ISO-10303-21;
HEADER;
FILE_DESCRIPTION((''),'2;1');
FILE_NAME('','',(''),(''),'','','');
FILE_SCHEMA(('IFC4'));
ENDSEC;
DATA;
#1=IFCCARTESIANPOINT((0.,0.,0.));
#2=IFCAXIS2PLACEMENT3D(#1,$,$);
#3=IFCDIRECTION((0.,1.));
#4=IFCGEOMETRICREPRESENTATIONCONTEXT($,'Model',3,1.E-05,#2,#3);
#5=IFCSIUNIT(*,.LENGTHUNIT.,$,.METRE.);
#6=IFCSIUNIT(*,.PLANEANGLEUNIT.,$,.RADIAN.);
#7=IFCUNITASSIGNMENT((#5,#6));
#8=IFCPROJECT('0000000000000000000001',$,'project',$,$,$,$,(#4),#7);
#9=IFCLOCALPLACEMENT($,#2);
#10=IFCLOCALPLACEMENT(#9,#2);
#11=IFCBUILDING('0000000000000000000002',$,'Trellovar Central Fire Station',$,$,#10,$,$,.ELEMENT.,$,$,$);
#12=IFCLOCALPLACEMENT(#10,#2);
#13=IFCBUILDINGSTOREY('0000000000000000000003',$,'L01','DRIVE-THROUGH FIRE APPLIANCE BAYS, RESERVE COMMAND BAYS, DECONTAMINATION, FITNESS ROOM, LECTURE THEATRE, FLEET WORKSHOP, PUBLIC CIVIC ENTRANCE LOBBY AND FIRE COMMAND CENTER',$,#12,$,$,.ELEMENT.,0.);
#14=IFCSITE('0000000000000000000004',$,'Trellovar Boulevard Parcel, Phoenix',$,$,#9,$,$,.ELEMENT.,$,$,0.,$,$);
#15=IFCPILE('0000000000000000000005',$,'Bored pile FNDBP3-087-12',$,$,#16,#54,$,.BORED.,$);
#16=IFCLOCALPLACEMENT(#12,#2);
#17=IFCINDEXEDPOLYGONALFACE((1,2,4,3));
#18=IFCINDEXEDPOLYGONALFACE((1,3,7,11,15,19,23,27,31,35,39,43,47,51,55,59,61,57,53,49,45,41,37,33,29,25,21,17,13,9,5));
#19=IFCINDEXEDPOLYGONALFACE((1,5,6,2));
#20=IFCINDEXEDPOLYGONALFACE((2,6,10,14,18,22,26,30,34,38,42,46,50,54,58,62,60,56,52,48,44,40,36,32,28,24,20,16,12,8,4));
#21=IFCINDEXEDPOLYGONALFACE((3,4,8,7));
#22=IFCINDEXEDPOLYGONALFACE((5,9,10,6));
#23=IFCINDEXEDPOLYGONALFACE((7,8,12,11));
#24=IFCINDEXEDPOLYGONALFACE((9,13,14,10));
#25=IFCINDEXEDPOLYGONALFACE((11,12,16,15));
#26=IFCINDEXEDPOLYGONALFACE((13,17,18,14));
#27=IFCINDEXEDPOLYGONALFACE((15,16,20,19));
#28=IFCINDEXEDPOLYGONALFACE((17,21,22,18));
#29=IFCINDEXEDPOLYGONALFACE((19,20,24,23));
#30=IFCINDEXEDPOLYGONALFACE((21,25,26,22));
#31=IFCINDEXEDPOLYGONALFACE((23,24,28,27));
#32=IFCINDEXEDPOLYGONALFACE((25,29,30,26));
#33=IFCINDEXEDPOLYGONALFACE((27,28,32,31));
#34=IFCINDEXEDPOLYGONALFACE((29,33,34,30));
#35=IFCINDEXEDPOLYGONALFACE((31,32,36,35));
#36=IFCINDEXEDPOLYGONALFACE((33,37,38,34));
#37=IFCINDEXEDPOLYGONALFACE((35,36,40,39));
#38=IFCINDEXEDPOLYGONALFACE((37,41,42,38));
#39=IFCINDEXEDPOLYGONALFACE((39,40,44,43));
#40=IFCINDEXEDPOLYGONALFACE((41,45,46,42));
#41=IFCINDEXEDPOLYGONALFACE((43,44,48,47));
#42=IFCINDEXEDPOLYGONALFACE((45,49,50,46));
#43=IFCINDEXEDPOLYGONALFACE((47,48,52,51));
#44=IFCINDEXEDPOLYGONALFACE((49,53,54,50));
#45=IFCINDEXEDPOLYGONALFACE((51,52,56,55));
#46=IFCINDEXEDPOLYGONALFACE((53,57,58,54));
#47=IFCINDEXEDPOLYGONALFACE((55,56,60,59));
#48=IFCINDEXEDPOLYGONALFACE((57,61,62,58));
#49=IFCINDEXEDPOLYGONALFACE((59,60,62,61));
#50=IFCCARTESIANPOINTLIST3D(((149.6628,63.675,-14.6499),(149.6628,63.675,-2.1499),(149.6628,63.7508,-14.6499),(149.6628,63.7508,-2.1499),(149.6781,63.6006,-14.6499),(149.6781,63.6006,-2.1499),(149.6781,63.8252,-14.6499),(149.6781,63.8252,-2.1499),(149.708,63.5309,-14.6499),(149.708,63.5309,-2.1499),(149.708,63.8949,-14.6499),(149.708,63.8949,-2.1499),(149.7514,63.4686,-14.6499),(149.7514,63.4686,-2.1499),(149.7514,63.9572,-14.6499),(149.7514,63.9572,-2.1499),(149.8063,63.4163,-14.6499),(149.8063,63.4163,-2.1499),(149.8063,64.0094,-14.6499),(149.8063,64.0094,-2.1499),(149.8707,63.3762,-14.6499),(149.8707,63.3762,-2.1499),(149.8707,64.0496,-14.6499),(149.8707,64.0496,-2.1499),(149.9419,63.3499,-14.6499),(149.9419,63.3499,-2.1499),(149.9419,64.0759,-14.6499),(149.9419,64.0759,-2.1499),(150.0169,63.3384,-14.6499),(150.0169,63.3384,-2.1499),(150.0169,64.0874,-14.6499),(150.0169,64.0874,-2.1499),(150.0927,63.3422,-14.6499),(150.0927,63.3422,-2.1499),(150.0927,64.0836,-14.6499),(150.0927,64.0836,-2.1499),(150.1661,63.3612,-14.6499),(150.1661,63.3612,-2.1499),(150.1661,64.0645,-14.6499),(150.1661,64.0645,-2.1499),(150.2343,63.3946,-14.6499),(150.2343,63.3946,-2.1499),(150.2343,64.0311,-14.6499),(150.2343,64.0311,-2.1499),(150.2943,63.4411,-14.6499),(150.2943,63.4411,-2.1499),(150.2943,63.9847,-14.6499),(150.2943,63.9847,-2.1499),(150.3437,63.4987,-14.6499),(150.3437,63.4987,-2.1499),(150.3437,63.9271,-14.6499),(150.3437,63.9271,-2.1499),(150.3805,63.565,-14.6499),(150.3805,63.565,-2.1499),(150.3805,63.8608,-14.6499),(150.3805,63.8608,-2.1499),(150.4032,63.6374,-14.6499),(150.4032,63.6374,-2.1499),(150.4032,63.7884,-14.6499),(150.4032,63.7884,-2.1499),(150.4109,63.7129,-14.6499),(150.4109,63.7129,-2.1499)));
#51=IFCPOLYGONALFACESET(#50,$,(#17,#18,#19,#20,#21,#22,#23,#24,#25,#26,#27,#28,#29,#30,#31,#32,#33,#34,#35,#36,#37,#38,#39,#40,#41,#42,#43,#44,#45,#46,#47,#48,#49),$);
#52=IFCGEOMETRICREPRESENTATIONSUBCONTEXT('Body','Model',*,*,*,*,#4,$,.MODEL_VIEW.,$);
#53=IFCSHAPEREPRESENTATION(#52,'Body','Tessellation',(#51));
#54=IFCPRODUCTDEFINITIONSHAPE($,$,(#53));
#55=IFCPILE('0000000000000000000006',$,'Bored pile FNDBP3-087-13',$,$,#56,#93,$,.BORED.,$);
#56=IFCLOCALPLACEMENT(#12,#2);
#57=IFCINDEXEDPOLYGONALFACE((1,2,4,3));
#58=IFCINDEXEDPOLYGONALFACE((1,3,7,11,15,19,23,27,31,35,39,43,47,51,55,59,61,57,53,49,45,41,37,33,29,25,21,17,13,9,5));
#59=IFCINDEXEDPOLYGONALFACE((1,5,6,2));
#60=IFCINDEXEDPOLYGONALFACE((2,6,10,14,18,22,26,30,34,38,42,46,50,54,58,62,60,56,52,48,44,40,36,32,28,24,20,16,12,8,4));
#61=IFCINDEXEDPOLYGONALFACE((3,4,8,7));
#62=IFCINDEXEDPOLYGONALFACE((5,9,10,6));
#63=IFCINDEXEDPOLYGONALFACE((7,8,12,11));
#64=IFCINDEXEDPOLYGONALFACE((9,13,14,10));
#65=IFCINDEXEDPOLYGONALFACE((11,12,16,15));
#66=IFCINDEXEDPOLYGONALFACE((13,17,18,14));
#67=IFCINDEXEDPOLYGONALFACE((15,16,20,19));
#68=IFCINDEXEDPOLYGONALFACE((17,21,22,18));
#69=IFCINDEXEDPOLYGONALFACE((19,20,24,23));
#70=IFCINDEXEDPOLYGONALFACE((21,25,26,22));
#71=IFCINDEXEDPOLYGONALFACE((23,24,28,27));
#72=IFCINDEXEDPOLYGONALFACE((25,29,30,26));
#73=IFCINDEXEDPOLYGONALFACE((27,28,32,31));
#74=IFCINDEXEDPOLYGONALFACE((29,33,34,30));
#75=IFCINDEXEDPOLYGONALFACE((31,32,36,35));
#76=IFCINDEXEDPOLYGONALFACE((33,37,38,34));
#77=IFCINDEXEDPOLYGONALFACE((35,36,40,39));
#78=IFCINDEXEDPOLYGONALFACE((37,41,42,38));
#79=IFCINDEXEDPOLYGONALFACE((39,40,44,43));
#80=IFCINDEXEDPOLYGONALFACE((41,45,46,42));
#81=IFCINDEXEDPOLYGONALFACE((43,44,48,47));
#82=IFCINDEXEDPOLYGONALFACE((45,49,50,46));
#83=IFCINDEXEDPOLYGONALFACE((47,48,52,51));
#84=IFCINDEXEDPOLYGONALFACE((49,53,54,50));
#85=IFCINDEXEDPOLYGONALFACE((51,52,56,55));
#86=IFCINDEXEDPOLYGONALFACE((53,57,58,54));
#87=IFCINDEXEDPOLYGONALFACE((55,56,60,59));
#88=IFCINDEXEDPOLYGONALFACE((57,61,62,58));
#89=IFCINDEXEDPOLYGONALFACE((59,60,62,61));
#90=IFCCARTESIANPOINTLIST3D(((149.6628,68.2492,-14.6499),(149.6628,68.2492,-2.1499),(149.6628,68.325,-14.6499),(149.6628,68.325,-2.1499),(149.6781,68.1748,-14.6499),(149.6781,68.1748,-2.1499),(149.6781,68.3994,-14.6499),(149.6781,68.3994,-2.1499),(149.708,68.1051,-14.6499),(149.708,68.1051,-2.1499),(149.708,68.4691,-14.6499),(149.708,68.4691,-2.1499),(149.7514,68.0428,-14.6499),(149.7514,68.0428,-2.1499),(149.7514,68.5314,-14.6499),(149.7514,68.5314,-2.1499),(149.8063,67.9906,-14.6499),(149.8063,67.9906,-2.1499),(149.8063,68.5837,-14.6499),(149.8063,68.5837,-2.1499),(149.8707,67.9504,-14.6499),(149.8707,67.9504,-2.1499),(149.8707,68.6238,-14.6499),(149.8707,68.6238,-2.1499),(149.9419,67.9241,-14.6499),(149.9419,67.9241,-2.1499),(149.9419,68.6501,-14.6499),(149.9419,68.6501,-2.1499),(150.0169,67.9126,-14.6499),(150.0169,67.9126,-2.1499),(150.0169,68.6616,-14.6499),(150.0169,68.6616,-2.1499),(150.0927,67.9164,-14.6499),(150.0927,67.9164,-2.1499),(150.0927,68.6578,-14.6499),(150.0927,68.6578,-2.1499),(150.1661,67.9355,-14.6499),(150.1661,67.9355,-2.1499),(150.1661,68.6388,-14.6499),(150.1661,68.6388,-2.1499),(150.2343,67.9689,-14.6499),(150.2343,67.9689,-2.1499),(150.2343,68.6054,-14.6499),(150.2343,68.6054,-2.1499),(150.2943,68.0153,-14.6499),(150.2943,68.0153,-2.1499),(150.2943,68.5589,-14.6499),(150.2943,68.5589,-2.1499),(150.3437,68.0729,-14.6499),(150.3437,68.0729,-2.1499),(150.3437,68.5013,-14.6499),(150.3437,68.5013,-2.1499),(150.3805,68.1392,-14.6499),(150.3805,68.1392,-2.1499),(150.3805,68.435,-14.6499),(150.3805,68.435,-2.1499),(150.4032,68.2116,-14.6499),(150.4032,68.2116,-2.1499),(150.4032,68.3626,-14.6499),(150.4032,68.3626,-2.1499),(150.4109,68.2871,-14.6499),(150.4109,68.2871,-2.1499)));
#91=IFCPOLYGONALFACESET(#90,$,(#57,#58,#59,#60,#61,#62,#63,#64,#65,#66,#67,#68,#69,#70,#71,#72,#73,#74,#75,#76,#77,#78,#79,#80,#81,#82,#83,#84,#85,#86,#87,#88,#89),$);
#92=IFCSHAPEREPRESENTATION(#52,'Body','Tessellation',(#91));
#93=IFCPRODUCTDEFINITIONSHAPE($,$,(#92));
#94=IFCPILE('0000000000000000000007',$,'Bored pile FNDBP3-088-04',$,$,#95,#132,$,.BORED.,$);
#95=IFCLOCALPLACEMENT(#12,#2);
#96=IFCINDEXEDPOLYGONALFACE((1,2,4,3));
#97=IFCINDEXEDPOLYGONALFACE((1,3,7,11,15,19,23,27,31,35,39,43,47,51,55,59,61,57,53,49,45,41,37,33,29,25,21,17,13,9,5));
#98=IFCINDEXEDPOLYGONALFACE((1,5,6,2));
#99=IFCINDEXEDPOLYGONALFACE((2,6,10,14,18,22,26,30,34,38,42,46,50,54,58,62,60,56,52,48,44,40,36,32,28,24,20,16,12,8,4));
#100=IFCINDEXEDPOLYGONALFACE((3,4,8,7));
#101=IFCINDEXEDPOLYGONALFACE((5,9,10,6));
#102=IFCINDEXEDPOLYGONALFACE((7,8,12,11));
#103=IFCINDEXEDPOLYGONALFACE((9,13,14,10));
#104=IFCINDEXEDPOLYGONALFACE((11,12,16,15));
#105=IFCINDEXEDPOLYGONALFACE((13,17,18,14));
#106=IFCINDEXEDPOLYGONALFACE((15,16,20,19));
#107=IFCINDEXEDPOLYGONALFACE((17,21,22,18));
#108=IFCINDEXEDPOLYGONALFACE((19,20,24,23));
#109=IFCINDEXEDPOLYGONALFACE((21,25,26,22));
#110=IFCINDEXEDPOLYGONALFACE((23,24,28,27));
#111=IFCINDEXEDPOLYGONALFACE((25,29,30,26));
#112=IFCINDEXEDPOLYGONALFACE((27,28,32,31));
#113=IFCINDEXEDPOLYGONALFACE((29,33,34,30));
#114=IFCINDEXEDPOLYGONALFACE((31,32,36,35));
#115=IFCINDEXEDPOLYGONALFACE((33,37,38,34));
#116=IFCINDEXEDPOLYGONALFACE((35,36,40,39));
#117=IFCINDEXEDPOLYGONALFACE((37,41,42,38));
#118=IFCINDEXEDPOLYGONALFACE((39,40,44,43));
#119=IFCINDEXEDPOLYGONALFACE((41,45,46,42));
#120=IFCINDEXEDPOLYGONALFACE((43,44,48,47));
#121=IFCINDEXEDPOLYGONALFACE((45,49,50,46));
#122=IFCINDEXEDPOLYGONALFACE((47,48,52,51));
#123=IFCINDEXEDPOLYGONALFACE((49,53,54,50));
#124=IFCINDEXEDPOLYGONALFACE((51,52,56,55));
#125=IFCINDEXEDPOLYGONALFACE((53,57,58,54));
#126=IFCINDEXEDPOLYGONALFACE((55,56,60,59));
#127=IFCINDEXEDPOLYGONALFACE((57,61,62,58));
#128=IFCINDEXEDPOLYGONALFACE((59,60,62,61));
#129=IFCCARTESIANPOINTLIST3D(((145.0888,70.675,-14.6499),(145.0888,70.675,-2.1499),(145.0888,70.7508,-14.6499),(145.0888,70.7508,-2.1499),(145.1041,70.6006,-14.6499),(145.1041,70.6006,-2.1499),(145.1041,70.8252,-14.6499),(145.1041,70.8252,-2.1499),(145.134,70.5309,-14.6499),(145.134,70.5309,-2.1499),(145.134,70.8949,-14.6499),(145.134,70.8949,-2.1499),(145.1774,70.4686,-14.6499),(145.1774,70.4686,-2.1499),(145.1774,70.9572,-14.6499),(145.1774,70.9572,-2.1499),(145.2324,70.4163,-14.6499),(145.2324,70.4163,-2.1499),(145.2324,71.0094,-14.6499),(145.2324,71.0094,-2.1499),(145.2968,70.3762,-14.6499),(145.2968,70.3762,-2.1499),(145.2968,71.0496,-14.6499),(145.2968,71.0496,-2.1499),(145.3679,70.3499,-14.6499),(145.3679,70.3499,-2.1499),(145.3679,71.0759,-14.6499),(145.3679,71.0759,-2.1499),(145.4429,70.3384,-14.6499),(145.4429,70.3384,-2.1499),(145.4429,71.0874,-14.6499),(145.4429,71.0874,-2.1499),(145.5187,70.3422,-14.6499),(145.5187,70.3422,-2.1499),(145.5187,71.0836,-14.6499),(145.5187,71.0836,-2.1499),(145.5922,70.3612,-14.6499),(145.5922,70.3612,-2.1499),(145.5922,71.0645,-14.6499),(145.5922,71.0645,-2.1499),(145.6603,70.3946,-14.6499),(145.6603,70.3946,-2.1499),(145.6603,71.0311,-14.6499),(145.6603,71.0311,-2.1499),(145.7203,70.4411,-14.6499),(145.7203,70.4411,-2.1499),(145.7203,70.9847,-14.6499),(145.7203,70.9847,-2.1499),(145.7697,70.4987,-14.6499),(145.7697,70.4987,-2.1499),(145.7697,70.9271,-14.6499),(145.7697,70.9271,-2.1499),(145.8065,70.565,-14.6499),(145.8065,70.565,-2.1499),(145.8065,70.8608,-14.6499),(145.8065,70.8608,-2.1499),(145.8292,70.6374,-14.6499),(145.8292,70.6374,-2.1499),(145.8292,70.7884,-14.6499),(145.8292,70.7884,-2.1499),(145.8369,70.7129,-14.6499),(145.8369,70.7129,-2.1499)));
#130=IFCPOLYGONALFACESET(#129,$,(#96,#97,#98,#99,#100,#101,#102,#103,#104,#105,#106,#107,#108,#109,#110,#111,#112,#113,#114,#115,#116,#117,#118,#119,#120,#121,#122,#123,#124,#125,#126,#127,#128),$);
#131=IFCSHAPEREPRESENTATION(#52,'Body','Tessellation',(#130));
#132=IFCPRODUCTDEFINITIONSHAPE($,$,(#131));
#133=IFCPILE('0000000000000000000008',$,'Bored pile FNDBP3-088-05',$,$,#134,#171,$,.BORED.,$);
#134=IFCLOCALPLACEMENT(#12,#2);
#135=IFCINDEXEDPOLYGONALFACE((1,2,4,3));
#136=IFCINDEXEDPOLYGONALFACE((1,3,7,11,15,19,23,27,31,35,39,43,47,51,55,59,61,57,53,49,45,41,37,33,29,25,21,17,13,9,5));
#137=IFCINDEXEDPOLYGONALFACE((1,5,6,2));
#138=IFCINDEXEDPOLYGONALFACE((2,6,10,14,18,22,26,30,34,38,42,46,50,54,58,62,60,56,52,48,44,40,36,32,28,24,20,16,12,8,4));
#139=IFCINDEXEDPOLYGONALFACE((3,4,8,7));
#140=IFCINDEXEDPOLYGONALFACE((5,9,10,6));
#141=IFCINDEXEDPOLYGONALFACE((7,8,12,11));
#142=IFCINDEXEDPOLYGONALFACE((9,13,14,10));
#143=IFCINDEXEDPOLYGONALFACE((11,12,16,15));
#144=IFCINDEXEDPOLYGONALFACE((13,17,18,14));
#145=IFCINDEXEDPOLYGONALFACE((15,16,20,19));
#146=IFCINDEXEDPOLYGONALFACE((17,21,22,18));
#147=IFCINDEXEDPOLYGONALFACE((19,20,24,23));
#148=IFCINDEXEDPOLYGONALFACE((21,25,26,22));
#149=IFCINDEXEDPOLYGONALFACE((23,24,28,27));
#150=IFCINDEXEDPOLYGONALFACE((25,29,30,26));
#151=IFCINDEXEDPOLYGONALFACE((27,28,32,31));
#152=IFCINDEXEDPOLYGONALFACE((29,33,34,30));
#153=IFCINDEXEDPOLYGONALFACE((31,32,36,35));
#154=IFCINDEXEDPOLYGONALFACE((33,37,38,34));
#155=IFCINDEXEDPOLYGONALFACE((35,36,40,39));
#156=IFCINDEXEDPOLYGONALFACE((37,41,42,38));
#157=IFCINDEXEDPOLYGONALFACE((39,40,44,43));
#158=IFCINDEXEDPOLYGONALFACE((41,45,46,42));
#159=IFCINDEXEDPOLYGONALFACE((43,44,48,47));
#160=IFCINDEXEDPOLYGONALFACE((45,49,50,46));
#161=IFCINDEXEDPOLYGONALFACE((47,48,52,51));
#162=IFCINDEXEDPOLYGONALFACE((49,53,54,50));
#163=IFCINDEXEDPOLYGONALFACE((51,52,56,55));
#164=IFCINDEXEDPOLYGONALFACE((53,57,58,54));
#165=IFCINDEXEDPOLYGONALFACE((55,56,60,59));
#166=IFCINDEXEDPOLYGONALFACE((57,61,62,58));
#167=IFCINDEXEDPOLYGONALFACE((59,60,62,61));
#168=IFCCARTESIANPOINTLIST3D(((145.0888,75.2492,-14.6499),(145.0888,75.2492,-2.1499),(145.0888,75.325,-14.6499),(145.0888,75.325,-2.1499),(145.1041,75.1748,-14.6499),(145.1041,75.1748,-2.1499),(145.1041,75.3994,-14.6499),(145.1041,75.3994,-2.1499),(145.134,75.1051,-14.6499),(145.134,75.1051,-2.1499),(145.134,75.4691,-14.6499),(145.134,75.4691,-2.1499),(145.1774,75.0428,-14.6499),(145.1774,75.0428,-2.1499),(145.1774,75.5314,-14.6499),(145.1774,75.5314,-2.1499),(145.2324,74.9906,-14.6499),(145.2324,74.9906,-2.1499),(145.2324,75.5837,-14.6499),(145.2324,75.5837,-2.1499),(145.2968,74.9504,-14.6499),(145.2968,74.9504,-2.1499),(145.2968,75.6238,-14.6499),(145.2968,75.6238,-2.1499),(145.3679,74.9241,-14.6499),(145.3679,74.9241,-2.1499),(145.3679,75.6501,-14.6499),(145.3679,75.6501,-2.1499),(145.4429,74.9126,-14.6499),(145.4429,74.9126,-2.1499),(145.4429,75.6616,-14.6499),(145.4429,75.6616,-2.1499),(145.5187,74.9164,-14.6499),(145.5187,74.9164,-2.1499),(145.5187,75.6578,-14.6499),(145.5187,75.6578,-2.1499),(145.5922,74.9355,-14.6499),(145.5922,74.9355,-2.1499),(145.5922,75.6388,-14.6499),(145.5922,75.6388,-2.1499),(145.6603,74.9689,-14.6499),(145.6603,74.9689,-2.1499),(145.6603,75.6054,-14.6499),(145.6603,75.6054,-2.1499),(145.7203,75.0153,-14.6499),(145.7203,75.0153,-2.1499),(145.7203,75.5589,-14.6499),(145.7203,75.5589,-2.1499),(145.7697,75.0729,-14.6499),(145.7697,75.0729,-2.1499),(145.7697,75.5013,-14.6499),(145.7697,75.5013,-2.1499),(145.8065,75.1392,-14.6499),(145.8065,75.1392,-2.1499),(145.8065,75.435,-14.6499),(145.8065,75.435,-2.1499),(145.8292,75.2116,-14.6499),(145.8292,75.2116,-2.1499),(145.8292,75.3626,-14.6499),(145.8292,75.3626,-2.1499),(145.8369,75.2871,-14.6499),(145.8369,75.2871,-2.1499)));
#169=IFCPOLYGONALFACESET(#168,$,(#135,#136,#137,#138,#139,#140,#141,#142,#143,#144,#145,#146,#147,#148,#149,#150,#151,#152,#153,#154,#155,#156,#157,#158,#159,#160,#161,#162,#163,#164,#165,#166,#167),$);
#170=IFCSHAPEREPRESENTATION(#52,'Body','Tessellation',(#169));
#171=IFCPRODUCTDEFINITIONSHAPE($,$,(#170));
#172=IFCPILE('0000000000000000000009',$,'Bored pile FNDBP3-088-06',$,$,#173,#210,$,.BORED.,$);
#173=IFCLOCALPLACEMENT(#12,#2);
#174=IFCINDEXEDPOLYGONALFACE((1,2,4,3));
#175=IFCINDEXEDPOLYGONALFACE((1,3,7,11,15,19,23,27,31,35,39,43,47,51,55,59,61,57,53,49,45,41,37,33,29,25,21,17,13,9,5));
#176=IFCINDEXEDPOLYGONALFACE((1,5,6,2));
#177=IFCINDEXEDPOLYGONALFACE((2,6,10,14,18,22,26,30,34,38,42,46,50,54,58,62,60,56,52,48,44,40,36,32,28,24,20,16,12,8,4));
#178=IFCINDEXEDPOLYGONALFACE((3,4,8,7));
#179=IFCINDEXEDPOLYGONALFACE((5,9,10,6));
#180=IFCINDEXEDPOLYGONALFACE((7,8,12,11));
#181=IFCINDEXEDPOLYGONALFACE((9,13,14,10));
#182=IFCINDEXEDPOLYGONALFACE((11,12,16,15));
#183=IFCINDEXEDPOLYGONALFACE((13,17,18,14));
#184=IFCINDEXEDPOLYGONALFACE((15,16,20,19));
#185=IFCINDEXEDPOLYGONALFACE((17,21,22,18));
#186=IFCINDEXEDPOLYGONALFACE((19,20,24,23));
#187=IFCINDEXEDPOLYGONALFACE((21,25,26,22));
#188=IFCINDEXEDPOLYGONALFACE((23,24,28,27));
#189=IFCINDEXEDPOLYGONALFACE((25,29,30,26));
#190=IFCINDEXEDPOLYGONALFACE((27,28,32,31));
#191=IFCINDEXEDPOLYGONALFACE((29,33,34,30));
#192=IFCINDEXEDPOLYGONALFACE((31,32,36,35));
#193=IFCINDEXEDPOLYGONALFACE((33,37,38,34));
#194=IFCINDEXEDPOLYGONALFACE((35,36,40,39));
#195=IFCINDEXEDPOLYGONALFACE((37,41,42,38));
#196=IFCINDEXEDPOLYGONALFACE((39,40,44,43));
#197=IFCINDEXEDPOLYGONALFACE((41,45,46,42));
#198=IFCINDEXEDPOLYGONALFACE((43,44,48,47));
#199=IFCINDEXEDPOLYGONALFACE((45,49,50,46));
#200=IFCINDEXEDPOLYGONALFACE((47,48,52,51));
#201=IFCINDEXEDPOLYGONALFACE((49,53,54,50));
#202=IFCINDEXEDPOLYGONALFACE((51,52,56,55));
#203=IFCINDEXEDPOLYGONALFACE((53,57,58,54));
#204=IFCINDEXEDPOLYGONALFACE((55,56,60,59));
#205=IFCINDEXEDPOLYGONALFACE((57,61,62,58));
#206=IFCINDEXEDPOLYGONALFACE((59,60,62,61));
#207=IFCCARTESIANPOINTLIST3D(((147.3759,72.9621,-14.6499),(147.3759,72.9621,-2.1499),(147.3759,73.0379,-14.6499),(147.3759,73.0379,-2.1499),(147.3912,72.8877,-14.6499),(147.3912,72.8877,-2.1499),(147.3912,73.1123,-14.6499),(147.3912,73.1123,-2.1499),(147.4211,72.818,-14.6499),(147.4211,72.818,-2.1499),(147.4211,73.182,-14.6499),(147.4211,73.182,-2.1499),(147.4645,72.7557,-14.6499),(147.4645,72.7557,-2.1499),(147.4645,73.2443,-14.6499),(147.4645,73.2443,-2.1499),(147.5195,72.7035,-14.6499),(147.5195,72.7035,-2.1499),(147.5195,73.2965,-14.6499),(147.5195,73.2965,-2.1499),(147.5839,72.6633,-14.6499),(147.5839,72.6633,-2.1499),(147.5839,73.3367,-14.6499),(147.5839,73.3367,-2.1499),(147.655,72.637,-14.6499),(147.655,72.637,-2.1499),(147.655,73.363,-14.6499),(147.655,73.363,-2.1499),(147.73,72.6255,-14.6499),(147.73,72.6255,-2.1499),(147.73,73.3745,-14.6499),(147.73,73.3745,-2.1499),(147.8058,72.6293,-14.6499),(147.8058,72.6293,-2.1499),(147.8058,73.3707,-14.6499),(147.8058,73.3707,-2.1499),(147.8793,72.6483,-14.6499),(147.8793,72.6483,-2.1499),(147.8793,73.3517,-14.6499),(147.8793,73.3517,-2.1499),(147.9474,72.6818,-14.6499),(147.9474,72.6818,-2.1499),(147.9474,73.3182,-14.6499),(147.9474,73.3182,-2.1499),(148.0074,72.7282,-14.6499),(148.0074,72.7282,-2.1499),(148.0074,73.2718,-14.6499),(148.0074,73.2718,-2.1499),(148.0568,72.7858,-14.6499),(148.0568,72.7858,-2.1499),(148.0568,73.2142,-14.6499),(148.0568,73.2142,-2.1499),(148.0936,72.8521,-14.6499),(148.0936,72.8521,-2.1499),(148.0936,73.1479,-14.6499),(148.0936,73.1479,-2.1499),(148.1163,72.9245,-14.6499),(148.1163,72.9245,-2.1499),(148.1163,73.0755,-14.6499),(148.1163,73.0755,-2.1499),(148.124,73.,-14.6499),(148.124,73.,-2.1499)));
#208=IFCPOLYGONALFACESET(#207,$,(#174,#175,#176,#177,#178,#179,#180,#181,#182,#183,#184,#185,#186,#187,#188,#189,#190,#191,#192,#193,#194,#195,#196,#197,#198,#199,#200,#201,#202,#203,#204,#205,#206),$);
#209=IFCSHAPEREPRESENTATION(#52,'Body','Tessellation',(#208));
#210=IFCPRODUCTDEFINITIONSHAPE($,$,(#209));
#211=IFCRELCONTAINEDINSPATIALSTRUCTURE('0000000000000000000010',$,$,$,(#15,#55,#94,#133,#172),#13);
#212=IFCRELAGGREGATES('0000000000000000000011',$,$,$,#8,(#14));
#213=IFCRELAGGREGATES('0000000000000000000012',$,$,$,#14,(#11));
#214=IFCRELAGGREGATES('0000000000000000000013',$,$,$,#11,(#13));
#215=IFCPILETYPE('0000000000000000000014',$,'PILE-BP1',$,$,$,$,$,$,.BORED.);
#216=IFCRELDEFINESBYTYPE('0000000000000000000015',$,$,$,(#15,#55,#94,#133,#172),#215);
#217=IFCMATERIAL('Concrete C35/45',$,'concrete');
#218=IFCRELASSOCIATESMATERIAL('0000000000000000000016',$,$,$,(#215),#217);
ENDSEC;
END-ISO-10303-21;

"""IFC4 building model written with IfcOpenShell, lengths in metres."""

from ifc_helpers import new_model, si_unit, direction, frame, origin, origin_2d, place, context, subcontext, project, spatial, circle, extrude, material, material_profile, profile_set, type_object, element, save


model = new_model("IFC4")

# Units and contexts
model_context = context("Model", 3, precision=1e-05, world=origin(), true_north=direction((0.0, 1.0)))
body_context = subcontext(model_context, "Body", "Model", "MODEL_VIEW")
ifc_project = project(units=[si_unit("LENGTHUNIT", "METRE"), si_unit("PLANEANGLEUNIT", "RADIAN")], contexts=[model_context])

# Site, building, storey
site_placement = place(None, origin())
site = spatial("IfcSite", under=ifc_project, at=site_placement, Name="Trellovar Boulevard Parcel, Phoenix", CompositionType="ELEMENT", RefElevation=0.0)
building_placement = place(site_placement, origin())
building = spatial("IfcBuilding", under=site, at=building_placement, Name="Trellovar Central Fire Station", CompositionType="ELEMENT")
storey_placement = place(building_placement, origin())
storey = spatial("IfcBuildingStorey", under=building, at=storey_placement, Name="L01", Description="DRIVE-THROUGH FIRE APPLIANCE BAYS, RESERVE COMMAND BAYS, DECONTAMINATION, FITNESS ROOM, LECTURE THEATRE, FLEET WORKSHOP, PUBLIC CIVIC ENTRANCE LOBBY AND FIRE COMMAND CENTER", CompositionType="ELEMENT", Elevation=0.0)

# Piles
ifc_material_1 = material(Name="Concrete C35/45", Category="concrete")
ifc_material_profile_1 = material_profile(ifc_material_1, circle(Radius=0.375, at=origin_2d()), Name="PILE750")
ifc_profile_set_1 = profile_set([ifc_material_profile_1], Name="Concrete C35/45")
pile_type = type_object("IfcPileType", Name="PILE-BP1", PredefinedType="BORED", material=ifc_profile_set_1)
for number, where, z_axis, x_axis, name in (
    (1, (150.0359, 63.7129, -2.1499), (0.0, 0.0, -1.0), (1.0, 0.0, 0.0), "Bored pile FNDBP3-087-12"),
    (2, (150.0359, 68.2871, -2.1499), (0.0, 0.0, -1.0), (1.0, 0.0, 0.0), "Bored pile FNDBP3-087-13"),
    (3, (145.4619, 70.7129, -2.1499), (0.0, 0.0, -1.0), (1.0, 0.0, 0.0), "Bored pile FNDBP3-088-04"),
    (4, (145.4619, 75.2871, -2.1499), (0.0, 0.0, -1.0), (1.0, 0.0, 0.0), "Bored pile FNDBP3-088-05"),
    (5, (147.749, 73.0, -2.1499), (0.0, 0.0, -1.0), (1.0, 0.0, 0.0), "Bored pile FNDBP3-088-06"),
):
    element("IfcPile", number, at=place(storey_placement, frame(where, z_axis=z_axis, x_axis=x_axis)), inside=storey, type_object=pile_type, Name=name, PredefinedType="BORED", context=body_context, shape_type="SweptSolid", body=[
        extrude(circle(Radius=0.375, at=origin_2d()), origin(), (0.0, 0.0, 1.0), 12.5),
    ])

save(model, "model.ifc")
